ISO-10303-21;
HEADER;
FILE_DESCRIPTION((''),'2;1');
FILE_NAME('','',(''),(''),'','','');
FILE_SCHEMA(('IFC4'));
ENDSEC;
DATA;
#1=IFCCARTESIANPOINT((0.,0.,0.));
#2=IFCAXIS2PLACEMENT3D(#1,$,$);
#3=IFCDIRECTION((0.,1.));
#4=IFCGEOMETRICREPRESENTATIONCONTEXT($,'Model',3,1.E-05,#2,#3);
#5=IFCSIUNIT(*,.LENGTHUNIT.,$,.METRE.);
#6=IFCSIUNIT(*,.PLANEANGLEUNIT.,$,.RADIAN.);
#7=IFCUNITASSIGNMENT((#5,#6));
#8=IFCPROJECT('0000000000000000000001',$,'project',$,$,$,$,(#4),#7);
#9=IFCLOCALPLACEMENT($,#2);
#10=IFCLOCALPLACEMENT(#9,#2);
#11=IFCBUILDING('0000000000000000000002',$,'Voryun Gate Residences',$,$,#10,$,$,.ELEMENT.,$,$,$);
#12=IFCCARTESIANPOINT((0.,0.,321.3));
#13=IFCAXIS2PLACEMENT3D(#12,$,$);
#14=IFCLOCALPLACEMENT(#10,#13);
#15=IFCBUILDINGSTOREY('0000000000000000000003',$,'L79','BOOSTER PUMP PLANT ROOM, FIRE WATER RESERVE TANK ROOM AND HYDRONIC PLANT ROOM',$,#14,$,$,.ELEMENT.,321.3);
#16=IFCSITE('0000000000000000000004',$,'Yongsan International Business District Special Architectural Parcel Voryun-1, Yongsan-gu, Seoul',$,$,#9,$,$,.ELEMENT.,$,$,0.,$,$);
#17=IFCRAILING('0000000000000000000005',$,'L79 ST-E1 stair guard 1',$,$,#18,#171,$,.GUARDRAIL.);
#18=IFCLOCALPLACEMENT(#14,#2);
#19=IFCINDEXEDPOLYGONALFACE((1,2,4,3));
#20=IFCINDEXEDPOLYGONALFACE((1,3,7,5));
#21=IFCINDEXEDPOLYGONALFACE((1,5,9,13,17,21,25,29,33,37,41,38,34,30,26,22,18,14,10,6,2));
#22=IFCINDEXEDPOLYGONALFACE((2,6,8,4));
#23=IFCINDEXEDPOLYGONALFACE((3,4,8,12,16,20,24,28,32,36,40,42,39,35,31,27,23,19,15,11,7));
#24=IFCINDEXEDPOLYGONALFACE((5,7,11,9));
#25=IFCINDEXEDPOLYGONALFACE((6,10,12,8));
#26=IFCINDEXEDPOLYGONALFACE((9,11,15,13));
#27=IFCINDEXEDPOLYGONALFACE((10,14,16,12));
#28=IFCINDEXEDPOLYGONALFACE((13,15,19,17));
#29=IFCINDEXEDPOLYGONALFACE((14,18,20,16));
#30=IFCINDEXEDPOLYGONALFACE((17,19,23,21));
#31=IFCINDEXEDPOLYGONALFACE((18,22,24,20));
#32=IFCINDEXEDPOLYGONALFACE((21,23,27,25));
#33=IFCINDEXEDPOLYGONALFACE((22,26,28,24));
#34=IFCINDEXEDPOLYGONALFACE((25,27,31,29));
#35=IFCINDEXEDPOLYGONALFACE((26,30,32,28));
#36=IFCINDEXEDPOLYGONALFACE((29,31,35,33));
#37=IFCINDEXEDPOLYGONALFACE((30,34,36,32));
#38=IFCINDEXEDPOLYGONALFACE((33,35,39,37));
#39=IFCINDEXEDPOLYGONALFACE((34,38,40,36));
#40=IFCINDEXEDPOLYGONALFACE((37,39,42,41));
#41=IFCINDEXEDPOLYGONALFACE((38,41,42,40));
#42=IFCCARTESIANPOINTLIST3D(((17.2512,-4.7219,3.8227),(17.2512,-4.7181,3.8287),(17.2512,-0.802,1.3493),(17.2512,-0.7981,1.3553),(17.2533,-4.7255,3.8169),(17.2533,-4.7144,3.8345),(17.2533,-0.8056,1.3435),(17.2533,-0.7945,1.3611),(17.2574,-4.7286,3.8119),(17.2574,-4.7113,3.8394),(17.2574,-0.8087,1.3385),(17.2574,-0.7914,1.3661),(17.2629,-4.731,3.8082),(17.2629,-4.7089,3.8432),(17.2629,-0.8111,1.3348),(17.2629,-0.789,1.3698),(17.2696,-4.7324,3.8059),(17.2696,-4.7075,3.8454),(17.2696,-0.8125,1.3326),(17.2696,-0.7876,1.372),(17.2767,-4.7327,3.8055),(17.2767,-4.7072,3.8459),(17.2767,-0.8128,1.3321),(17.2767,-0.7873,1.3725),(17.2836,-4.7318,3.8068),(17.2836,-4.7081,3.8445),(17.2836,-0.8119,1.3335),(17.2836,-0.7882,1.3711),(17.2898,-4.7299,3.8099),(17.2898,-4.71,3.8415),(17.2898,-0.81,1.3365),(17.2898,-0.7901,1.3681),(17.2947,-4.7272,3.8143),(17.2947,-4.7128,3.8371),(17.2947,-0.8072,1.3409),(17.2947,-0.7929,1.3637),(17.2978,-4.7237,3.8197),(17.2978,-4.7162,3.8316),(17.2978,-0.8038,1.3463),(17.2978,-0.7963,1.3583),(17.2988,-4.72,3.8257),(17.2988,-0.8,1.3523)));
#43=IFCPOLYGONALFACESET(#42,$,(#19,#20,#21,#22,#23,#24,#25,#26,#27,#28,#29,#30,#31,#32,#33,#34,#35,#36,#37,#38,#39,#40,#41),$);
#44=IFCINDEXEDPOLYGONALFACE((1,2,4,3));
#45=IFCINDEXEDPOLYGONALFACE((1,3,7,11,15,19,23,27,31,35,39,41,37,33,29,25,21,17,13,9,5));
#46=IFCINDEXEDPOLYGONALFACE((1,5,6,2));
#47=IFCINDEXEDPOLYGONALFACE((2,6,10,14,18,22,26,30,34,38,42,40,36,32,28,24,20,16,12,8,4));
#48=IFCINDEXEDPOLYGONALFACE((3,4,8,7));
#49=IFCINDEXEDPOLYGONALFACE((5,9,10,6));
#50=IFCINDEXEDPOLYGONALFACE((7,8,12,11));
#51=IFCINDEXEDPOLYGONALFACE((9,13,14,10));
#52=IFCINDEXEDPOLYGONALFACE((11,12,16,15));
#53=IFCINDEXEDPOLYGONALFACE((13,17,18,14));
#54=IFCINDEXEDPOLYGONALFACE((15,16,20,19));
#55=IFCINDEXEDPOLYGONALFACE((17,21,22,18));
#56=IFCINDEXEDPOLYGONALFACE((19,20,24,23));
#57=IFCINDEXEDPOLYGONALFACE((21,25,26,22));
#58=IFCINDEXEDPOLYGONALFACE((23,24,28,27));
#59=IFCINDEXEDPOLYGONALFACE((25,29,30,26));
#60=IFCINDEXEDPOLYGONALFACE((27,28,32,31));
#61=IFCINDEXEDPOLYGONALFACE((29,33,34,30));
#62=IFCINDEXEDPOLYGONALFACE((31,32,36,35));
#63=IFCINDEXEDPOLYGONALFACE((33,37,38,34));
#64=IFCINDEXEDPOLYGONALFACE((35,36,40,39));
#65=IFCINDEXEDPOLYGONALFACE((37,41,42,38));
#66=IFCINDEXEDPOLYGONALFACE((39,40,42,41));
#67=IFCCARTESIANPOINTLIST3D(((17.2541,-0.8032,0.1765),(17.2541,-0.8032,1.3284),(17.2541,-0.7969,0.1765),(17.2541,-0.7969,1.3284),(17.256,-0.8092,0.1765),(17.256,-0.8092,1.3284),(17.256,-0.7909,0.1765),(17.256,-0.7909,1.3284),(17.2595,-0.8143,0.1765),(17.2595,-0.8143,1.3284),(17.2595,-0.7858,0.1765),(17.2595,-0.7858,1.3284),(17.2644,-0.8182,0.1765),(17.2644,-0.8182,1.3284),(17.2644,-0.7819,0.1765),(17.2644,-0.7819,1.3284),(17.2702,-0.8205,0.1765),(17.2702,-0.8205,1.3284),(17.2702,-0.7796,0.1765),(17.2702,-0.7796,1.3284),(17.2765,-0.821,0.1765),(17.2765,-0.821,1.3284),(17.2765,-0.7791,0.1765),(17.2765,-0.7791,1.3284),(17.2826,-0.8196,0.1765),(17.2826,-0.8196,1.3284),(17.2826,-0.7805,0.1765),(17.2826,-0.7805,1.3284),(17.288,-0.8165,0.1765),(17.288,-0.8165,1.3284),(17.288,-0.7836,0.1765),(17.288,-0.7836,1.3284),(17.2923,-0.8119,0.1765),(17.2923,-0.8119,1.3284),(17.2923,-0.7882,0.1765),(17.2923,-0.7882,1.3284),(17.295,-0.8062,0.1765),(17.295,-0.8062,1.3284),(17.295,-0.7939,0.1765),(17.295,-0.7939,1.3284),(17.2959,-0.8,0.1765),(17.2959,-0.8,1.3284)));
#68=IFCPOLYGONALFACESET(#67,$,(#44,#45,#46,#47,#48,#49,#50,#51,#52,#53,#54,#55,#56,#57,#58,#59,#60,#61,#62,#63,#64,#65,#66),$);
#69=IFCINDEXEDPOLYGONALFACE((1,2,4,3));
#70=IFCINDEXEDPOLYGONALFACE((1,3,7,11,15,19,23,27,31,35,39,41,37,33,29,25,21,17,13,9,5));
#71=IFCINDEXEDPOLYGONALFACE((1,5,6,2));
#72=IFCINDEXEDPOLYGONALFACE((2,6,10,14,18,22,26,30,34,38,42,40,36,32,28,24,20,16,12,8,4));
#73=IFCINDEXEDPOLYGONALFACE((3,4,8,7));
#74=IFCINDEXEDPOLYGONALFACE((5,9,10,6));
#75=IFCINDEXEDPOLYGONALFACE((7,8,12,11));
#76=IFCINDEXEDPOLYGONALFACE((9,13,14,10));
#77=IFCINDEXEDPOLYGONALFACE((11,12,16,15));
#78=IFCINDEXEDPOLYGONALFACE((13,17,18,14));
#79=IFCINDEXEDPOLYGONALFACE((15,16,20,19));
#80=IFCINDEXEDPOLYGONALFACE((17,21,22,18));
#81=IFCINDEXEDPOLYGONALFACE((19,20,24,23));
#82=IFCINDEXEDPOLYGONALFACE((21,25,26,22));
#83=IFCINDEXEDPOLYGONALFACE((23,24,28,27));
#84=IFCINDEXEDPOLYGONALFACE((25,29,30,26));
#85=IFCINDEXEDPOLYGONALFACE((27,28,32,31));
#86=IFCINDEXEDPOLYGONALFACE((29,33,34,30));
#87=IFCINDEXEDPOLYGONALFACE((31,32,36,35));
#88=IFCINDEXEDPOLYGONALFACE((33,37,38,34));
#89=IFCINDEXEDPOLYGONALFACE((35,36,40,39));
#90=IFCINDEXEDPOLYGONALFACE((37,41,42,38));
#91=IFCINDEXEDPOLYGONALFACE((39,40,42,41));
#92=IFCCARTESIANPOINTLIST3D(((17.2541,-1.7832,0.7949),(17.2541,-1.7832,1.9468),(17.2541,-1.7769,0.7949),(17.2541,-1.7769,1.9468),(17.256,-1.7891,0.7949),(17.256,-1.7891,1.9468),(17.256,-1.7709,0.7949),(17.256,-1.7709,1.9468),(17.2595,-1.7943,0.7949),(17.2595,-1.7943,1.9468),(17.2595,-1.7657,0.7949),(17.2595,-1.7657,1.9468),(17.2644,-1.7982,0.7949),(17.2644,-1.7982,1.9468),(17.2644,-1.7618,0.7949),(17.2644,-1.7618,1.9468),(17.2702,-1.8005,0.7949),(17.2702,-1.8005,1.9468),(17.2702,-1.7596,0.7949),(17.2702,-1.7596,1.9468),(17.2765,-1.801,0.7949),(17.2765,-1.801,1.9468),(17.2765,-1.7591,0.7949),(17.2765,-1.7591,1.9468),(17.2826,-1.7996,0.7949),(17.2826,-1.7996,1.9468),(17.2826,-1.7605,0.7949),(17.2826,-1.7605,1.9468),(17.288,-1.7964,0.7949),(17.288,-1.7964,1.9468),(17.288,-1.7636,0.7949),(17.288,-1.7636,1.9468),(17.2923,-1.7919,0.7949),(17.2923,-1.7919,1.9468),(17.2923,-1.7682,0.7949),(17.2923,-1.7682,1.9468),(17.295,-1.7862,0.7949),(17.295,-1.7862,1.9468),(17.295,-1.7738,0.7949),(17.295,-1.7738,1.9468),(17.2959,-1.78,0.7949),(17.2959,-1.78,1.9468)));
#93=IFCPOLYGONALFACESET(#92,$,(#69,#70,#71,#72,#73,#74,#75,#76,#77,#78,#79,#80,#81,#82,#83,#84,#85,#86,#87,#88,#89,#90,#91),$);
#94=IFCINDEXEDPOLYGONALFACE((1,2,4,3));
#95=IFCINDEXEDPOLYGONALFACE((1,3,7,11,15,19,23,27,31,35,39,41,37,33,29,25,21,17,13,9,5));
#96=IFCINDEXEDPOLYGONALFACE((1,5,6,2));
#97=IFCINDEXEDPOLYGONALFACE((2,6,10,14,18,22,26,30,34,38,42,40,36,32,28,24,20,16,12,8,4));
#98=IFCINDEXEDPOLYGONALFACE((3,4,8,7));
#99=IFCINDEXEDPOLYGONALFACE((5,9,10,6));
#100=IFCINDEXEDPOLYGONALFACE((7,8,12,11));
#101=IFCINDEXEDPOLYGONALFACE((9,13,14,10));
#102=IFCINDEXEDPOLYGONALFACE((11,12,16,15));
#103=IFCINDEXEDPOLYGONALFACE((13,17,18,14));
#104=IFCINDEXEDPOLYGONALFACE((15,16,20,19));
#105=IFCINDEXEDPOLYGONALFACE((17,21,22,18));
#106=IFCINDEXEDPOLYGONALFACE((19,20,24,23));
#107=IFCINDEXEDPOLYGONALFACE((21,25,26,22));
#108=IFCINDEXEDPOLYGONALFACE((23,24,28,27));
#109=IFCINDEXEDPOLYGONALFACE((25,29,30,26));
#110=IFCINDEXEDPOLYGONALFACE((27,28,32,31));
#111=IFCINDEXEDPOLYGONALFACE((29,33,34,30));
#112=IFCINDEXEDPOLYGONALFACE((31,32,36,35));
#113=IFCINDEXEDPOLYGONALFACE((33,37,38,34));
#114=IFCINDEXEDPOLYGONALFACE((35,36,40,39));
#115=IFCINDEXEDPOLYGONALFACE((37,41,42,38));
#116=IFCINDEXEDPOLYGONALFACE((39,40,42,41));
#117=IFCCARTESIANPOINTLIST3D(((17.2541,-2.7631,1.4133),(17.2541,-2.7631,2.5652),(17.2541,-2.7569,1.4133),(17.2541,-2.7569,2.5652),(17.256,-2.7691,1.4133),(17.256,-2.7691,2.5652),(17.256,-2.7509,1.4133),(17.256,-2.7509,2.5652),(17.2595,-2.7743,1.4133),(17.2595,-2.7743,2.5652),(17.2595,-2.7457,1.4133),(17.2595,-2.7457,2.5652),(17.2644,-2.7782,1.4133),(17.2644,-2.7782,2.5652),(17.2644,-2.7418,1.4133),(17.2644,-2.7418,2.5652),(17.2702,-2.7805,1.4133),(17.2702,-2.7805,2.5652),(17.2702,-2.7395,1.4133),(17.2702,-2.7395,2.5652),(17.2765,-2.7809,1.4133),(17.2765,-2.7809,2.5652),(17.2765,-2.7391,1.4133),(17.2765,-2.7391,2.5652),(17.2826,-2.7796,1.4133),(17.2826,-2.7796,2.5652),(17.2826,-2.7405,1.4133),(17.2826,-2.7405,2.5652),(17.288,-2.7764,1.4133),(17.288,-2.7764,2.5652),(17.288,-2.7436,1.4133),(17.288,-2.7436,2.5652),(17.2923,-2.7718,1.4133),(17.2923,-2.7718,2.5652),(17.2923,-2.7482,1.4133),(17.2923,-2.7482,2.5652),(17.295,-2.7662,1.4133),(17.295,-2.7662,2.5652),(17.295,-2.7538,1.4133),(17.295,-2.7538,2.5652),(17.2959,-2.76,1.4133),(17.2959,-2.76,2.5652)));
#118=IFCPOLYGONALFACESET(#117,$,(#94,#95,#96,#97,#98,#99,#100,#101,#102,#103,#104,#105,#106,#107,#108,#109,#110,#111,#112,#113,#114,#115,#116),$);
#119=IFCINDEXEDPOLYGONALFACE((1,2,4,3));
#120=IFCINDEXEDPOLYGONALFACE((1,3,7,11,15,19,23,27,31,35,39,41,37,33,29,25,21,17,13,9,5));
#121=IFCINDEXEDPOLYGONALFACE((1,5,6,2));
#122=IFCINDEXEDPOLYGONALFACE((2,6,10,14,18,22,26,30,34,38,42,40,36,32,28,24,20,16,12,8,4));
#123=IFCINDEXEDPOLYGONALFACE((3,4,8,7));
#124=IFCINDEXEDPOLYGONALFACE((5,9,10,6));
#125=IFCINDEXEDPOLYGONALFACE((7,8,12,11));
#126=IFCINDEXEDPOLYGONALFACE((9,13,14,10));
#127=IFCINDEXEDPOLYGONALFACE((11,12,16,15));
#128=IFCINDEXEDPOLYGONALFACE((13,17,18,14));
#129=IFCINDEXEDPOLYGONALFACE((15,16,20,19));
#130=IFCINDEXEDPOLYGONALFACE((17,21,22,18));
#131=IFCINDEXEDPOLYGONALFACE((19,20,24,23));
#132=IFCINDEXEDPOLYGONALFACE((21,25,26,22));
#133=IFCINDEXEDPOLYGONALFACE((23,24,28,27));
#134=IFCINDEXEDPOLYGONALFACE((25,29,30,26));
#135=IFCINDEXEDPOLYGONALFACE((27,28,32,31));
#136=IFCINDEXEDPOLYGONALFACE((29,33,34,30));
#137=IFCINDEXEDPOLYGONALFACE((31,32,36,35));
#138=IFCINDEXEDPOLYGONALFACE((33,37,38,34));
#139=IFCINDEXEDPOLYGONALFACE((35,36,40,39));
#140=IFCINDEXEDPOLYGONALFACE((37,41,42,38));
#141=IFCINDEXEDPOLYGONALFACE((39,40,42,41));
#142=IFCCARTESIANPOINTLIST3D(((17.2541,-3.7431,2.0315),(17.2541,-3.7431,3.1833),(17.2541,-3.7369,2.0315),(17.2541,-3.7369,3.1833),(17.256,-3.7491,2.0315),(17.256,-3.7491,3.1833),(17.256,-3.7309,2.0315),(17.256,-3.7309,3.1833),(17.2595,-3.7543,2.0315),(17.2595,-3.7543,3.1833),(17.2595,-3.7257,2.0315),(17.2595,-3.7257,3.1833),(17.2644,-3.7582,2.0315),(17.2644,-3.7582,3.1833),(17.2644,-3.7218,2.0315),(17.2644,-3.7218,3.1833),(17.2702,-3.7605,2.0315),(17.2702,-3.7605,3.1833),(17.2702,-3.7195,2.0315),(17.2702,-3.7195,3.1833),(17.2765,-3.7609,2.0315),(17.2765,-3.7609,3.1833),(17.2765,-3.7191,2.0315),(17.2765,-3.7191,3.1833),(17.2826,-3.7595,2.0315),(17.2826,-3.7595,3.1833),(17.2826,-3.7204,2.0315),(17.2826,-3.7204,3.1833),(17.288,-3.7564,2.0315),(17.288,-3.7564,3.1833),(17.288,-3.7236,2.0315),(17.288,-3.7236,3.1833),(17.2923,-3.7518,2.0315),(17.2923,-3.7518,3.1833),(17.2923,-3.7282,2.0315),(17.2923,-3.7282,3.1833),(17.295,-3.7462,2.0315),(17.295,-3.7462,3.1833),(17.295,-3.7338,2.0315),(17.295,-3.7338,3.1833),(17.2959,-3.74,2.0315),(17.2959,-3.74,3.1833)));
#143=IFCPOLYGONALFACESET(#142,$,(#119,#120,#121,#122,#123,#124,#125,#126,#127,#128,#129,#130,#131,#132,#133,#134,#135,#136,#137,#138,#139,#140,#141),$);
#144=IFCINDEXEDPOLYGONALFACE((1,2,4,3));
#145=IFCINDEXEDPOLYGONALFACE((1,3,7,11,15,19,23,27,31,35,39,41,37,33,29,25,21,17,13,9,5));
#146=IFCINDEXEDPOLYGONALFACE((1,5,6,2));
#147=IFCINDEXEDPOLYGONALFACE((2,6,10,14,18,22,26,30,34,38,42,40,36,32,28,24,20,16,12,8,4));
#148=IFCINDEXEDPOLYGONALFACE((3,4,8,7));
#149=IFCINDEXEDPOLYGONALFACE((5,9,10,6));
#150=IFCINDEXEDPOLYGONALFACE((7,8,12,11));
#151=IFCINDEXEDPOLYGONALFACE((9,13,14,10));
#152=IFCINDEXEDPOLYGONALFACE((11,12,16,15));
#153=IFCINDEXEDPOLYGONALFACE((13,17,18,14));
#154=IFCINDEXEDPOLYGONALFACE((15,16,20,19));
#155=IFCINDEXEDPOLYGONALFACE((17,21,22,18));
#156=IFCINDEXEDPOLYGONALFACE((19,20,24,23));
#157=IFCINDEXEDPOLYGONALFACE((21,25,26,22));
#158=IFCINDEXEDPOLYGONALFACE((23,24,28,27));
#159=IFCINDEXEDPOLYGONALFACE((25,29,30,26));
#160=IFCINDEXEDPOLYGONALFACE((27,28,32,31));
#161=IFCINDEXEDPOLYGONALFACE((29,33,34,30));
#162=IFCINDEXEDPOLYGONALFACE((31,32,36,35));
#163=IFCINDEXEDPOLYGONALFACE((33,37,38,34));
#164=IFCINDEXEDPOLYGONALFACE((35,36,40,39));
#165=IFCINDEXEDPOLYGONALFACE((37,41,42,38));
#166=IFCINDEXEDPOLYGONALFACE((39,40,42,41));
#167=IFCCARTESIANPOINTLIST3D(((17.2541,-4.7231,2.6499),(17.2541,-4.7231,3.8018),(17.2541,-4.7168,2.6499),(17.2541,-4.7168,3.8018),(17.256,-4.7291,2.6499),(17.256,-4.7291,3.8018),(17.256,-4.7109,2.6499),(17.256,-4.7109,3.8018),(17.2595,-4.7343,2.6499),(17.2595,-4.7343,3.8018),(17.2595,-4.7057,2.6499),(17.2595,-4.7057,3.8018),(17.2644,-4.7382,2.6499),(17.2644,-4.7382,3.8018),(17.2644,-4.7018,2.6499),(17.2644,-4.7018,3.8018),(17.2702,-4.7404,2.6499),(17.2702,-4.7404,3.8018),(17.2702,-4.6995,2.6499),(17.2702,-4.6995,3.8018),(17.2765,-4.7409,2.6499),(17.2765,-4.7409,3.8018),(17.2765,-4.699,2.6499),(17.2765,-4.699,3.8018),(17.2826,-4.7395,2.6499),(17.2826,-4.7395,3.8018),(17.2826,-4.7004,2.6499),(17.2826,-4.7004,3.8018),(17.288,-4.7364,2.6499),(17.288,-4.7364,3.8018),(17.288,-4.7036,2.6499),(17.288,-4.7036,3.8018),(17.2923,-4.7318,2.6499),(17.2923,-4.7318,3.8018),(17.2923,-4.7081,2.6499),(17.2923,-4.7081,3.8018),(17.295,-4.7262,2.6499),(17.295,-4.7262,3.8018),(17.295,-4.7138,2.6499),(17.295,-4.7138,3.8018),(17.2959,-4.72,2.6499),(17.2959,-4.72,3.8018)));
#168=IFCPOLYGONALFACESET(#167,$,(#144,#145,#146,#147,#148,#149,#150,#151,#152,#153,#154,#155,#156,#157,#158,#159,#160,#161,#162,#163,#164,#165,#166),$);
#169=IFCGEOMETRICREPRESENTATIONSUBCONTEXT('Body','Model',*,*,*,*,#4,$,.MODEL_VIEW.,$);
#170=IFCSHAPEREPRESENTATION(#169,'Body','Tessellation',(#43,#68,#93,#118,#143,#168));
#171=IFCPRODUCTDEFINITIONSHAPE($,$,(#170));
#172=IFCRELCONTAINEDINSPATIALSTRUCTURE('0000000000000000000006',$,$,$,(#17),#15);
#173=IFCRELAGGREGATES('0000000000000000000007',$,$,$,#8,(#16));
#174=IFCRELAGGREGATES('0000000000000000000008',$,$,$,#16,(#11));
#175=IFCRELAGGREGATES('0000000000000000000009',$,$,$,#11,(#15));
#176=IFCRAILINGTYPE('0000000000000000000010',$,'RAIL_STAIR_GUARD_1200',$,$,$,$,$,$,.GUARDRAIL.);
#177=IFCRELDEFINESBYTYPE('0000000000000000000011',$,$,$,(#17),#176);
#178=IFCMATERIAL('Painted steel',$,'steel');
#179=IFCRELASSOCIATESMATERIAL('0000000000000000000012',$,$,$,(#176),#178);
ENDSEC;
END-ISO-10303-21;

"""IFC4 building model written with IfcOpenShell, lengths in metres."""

from ifc_helpers import new_model, si_unit, direction, frame, origin, origin_2d, place, context, subcontext, project, spatial, circle, extrude, material, type_object, element, save


model = new_model("IFC4")

# Units and contexts
model_context = context("Model", 3, precision=1e-05, world=origin(), true_north=direction((0.0, 1.0)))
body_context = subcontext(model_context, "Body", "Model", "MODEL_VIEW")
ifc_project = project(units=[si_unit("LENGTHUNIT", "METRE"), si_unit("PLANEANGLEUNIT", "RADIAN")], contexts=[model_context])

# Site, building, storey
site_placement = place(None, origin())
site = spatial("IfcSite", under=ifc_project, at=site_placement, Name="Yongsan International Business District Special Architectural Parcel Voryun-1, Yongsan-gu, Seoul", CompositionType="ELEMENT", RefElevation=0.0)
building_placement = place(site_placement, origin())
building = spatial("IfcBuilding", under=site, at=building_placement, Name="Voryun Gate Residences", CompositionType="ELEMENT")
storey_placement = place(building_placement, frame((0.0, 0.0, 321.3)))
storey = spatial("IfcBuildingStorey", under=building, at=storey_placement, Name="L79", Description="BOOSTER PUMP PLANT ROOM, FIRE WATER RESERVE TANK ROOM AND HYDRONIC PLANT ROOM", CompositionType="ELEMENT", Elevation=321.3)

# Railing
ifc_material_1 = material(Name="Painted steel", Category="steel")
railing_type_1 = type_object("IfcRailingType", Name="RAIL_STAIR_GUARD_1200", PredefinedType="GUARDRAIL", material=ifc_material_1)
railing_1_placement = place(storey_placement, frame((17.2749, -0.8, 0.1765)))
element("IfcRailing", 1, at=railing_1_placement, inside=storey, type_object=railing_type_1, Name="L79 ST-E1 stair guard 1", PredefinedType="GUARDRAIL", context=body_context, shape_type="SweptSolid", body=[
    extrude(circle(Radius=0.0239, at=origin_2d()), frame((0.0, 0.0, 1.1758), z_axis=(0.0, -0.845718, 0.53363), x_axis=(1.0, 0.0, 0.0)), (0.0, 0.0, 1.0), 4.635),
    extrude(circle(Radius=0.021, at=origin_2d()), origin(), (0.0, 0.0, 1.0), 1.1519),
    extrude(circle(Radius=0.021, at=origin_2d()), frame((0.0, -0.98, 0.6184)), (0.0, 0.0, 1.0), 1.1519),
    extrude(circle(Radius=0.021, at=origin_2d()), frame((0.0, -1.96, 1.2368)), (0.0, 0.0, 1.0), 1.1519),
    extrude(circle(Radius=0.021, at=origin_2d()), frame((0.0, -2.9399, 1.855)), (0.0, 0.0, 1.0), 1.1519),
    extrude(circle(Radius=0.021, at=origin_2d()), frame((0.0, -3.9199, 2.4734)), (0.0, 0.0, 1.0), 1.1519),
])

save(model, "model.ifc")
